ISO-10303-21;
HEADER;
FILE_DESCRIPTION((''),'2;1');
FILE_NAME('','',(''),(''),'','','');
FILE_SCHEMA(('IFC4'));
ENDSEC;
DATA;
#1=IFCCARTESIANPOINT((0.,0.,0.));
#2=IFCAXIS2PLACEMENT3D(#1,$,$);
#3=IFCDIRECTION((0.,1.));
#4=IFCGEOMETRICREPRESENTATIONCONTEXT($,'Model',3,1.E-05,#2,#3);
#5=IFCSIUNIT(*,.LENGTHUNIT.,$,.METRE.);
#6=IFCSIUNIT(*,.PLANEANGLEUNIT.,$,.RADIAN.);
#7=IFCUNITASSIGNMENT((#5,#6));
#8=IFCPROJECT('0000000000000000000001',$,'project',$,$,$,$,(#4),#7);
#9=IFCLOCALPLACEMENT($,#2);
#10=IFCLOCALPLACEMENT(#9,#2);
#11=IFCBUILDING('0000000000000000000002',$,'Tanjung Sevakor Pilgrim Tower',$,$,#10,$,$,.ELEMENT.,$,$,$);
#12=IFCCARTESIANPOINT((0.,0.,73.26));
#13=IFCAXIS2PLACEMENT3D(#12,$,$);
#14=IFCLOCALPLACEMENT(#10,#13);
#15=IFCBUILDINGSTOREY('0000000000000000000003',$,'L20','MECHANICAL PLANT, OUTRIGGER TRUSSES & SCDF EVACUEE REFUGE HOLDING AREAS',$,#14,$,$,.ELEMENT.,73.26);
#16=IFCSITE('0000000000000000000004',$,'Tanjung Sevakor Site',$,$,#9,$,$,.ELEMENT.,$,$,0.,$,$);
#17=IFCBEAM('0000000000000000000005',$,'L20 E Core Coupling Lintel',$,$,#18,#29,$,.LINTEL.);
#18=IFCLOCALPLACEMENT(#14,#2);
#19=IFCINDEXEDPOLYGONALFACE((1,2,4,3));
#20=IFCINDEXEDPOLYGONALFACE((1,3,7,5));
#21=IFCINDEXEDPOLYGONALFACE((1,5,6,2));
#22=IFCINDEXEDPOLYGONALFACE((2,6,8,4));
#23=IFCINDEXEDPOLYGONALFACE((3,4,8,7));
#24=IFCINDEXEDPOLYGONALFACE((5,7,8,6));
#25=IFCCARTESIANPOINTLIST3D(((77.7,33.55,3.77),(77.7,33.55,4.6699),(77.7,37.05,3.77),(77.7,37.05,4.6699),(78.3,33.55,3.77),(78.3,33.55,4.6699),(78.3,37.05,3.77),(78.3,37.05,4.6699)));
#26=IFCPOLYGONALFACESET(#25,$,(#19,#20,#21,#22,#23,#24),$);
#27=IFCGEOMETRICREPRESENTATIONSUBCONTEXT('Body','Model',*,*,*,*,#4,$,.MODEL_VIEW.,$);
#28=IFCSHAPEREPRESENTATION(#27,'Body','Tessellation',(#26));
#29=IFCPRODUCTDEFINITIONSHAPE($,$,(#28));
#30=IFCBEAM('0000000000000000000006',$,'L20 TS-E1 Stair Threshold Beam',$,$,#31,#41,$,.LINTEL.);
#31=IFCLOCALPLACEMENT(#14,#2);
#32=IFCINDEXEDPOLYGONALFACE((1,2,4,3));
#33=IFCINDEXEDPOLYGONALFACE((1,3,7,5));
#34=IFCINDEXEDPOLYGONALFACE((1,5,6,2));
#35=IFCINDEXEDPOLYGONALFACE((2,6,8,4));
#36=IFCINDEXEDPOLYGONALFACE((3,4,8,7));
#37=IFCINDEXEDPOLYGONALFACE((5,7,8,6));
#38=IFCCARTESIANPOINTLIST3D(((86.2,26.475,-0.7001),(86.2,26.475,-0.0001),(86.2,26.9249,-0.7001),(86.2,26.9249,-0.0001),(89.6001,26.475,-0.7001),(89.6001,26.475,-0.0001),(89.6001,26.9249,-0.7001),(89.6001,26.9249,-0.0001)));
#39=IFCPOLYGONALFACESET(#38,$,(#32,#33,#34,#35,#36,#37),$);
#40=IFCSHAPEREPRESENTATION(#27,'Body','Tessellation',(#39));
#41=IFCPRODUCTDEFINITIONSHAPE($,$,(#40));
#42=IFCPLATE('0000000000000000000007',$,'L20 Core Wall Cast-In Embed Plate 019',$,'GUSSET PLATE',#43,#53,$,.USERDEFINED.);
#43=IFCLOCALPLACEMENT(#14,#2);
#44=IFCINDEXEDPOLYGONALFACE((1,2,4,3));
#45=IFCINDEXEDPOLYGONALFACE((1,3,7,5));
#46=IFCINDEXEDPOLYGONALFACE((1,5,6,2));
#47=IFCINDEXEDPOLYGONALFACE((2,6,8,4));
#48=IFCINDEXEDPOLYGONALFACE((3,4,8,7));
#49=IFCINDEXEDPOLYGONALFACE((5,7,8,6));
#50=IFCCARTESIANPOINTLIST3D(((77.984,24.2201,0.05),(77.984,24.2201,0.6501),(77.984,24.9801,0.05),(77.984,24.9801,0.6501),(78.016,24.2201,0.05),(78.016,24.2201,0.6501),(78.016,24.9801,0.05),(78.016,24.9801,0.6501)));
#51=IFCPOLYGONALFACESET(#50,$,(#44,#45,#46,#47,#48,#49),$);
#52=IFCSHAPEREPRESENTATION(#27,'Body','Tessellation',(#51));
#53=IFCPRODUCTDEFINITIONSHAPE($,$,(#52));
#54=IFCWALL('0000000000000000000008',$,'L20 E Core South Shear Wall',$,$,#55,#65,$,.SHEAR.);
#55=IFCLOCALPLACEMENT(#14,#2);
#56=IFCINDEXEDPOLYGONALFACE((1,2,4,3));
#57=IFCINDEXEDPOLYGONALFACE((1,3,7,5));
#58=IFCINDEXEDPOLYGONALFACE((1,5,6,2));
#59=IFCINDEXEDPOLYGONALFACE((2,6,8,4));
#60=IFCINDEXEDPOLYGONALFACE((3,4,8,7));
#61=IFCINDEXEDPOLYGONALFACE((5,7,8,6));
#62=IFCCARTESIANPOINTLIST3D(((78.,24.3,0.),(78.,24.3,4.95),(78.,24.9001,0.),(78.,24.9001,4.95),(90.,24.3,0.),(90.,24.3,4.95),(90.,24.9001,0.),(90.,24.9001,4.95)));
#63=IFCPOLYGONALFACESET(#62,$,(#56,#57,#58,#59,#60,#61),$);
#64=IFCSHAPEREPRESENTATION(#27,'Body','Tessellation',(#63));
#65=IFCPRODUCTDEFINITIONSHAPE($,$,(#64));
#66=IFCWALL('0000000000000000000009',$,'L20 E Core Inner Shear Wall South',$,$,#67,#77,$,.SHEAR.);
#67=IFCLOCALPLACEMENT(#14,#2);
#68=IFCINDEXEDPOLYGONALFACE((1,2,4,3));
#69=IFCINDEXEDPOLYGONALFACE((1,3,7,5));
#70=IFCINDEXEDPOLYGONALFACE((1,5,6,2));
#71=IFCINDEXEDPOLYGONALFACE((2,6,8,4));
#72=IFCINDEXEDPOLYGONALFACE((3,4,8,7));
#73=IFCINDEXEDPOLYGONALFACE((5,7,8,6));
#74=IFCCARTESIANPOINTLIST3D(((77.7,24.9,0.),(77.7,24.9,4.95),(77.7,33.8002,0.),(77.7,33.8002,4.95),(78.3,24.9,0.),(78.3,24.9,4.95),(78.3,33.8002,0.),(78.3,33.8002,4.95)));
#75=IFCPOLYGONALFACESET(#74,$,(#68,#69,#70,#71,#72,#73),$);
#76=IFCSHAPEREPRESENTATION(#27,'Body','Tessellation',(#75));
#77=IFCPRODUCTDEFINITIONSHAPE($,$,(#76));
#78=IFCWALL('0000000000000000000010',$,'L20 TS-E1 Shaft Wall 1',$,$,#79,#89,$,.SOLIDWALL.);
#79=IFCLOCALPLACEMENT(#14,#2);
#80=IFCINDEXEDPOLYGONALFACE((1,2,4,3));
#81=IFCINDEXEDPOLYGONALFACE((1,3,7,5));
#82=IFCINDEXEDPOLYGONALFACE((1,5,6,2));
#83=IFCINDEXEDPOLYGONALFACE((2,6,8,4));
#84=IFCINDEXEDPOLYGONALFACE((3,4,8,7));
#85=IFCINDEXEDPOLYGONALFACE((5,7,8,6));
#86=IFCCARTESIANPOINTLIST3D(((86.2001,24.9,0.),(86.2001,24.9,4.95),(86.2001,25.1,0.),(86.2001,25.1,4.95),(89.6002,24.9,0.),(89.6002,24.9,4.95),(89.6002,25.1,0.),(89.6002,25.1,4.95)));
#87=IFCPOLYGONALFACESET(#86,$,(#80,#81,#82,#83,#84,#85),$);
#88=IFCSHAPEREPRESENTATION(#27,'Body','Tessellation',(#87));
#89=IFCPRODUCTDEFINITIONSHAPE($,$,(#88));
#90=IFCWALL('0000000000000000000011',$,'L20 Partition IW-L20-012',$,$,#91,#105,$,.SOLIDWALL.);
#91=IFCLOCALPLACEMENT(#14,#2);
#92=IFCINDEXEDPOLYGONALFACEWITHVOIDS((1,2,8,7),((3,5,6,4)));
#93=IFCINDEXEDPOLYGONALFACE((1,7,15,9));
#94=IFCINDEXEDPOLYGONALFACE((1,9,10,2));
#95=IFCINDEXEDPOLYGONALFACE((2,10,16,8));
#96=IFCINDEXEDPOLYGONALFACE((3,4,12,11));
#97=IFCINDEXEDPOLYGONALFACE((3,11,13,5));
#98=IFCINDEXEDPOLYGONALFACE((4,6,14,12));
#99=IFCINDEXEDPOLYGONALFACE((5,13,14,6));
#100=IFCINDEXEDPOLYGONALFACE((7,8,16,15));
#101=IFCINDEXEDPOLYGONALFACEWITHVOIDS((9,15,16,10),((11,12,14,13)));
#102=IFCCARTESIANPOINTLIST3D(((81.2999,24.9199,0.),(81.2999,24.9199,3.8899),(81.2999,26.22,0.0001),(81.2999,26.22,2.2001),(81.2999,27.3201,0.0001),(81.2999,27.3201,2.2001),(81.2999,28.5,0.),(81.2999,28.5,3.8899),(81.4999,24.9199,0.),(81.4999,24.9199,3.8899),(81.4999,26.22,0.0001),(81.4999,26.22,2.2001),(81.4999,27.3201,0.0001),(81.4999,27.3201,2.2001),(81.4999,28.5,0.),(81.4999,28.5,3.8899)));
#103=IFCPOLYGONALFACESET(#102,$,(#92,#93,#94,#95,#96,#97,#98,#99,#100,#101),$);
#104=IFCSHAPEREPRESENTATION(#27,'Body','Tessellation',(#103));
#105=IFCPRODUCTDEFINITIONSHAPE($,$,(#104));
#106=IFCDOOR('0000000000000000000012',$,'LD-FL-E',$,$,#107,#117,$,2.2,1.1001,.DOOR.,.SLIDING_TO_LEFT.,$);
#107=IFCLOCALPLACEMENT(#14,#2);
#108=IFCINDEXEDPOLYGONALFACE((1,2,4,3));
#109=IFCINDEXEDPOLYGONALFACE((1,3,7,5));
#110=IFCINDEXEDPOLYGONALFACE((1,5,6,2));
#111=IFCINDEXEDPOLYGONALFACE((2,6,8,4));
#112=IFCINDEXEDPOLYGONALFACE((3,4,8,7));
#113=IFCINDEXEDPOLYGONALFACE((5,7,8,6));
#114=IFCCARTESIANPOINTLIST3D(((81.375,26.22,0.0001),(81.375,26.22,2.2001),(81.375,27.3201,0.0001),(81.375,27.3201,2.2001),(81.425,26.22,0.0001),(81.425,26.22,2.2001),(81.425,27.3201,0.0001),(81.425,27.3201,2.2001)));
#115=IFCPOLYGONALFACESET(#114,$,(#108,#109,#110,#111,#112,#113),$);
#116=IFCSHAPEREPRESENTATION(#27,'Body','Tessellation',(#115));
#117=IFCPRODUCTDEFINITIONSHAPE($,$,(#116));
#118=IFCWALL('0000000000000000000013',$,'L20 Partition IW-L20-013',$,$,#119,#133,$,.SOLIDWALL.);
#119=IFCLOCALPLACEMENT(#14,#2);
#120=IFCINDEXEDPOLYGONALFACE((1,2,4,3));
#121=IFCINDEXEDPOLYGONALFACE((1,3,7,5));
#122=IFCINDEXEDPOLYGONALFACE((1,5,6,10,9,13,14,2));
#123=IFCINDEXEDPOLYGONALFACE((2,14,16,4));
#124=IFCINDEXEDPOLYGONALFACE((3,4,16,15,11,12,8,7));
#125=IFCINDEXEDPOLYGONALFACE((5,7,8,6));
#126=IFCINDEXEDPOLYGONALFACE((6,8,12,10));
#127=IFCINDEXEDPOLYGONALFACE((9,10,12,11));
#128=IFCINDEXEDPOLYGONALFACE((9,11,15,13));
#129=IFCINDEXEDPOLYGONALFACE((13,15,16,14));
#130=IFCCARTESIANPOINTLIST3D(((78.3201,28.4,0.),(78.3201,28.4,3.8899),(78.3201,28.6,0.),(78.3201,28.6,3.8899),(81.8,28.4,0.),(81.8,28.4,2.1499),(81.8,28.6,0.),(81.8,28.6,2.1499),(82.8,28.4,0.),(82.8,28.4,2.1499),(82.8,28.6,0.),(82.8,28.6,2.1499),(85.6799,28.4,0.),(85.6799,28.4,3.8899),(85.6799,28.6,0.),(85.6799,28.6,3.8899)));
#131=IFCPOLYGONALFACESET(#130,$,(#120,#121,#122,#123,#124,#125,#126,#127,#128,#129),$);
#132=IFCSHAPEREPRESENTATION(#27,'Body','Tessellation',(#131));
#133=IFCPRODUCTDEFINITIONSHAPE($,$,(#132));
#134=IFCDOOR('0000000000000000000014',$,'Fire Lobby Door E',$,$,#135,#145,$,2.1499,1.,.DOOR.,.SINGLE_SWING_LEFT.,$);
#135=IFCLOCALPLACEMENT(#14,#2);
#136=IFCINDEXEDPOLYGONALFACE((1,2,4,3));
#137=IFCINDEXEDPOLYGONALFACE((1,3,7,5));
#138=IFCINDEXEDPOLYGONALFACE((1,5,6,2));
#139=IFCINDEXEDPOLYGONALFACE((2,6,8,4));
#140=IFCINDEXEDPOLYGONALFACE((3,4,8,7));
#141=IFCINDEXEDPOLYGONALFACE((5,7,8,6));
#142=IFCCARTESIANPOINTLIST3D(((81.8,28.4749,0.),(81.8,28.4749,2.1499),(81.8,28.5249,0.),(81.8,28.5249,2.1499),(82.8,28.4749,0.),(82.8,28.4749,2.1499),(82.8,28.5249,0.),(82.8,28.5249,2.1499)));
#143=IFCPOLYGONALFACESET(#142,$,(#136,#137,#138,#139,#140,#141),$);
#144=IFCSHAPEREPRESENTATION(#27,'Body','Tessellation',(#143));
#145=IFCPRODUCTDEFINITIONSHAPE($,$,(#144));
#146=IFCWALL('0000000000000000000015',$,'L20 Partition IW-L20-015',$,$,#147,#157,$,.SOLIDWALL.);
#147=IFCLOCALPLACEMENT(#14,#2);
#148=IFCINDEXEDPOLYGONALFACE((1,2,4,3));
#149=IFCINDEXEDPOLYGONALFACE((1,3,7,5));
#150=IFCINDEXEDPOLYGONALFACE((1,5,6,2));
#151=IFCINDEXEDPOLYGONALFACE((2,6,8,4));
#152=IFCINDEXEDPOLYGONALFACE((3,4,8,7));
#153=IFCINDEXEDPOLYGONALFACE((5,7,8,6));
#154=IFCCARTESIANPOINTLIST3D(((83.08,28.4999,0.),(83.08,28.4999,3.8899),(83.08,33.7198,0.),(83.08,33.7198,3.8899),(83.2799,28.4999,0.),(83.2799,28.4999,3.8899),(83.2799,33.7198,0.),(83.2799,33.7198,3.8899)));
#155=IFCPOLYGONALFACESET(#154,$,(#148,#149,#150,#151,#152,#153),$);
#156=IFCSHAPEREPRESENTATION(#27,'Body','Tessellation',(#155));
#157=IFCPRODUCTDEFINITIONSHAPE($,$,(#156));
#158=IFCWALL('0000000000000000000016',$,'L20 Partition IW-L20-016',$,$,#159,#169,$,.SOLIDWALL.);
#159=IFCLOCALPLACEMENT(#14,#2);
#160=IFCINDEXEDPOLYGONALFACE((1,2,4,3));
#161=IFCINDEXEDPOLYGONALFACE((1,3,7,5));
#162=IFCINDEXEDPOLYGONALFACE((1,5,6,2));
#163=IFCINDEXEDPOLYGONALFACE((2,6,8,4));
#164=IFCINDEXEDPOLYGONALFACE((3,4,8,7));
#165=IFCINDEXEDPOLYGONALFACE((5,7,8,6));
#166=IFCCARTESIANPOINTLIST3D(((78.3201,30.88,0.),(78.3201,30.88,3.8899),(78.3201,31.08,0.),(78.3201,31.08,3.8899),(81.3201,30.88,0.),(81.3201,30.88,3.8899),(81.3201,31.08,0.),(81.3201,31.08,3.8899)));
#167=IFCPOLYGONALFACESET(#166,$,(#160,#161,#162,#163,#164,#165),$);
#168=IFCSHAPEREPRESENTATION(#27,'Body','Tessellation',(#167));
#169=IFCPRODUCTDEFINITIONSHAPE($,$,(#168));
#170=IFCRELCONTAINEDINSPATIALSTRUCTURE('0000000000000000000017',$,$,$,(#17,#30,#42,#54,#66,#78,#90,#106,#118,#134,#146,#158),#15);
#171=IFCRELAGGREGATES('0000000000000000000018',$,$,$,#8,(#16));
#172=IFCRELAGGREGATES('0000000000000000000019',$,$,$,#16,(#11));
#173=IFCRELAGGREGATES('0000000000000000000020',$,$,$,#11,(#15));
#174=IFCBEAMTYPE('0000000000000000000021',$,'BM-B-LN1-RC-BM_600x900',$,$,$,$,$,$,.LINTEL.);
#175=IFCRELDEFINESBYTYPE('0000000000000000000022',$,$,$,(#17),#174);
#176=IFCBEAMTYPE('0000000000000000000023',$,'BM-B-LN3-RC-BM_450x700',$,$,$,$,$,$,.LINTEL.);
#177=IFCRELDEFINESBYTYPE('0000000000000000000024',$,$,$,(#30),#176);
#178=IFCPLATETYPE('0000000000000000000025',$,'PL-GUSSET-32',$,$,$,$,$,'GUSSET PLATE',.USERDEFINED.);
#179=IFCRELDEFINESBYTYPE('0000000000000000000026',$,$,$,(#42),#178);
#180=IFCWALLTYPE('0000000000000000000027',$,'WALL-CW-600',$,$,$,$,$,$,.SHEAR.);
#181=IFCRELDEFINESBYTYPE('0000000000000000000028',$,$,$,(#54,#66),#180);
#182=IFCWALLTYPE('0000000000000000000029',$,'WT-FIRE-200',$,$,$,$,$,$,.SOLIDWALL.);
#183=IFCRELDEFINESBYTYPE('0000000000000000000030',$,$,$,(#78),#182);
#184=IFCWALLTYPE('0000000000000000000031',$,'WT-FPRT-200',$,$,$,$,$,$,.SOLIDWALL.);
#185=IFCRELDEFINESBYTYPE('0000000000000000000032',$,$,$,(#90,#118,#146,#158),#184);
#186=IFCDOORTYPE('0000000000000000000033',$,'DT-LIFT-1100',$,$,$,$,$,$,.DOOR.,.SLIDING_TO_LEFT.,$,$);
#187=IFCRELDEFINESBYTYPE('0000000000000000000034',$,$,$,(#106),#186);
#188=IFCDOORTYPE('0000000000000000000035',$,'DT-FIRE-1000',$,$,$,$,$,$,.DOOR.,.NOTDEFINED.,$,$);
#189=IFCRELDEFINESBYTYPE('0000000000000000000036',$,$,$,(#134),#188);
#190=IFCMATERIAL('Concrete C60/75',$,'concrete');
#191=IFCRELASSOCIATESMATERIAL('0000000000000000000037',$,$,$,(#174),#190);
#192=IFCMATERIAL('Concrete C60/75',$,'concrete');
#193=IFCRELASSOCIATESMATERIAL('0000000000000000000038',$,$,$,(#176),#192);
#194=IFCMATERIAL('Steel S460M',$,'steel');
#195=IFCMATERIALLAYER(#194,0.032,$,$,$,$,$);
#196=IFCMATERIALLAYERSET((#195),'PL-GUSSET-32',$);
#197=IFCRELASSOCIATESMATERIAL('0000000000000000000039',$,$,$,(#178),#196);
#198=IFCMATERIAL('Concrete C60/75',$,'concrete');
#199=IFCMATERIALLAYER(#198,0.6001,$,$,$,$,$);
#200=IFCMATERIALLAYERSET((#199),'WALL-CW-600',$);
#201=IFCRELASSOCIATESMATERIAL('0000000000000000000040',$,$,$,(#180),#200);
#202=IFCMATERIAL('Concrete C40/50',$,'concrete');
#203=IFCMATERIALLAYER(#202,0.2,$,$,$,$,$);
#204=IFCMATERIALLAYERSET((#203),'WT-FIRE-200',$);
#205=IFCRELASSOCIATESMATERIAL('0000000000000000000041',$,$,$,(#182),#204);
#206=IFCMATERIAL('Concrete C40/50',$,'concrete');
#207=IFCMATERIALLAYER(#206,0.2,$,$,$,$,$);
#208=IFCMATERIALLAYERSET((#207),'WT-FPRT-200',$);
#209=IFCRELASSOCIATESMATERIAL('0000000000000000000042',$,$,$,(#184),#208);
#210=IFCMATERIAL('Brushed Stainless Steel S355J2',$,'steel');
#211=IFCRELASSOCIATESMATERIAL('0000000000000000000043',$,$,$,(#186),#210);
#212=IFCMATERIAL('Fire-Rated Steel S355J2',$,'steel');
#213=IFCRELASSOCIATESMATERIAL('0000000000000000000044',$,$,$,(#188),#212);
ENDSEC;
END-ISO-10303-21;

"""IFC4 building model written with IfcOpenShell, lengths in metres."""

from ifc_helpers import new_model, si_unit, direction, frame, frame_2d, origin, origin_2d, place, context, subcontext, project, spatial, rectangle, extrude, material, layer, layer_set, material_profile, profile_set, type_object, element, fill, save


model = new_model("IFC4")

# Units and contexts
model_context = context("Model", 3, precision=1e-05, world=origin(), true_north=direction((0.0, 1.0)))
body_context = subcontext(model_context, "Body", "Model", "MODEL_VIEW")
ifc_project = project(units=[si_unit("LENGTHUNIT", "METRE"), si_unit("PLANEANGLEUNIT", "RADIAN")], contexts=[model_context])

# Site, building, storey
site_placement = place(None, origin())
site = spatial("IfcSite", under=ifc_project, at=site_placement, Name="Tanjung Sevakor Site", CompositionType="ELEMENT", RefElevation=0.0)
building_placement = place(site_placement, origin())
building = spatial("IfcBuilding", under=site, at=building_placement, Name="Tanjung Sevakor Pilgrim Tower", CompositionType="ELEMENT")
storey_placement = place(building_placement, frame((0.0, 0.0, 73.26)))
storey = spatial("IfcBuildingStorey", under=building, at=storey_placement, Name="L20", Description="MECHANICAL PLANT, OUTRIGGER TRUSSES & SCDF EVACUEE REFUGE HOLDING AREAS", CompositionType="ELEMENT", Elevation=73.26)

# Beams
ifc_material_1 = material(Name="Concrete C60/75", Category="concrete")
ifc_material_profile_1 = material_profile(ifc_material_1, rectangle(XDim=0.6001, YDim=0.8999, at=origin_2d()))
ifc_profile_set_1 = profile_set([ifc_material_profile_1], Name="Concrete C60/75")
beam_type_1 = type_object("IfcBeamType", Name="BM-B-LN1-RC-BM_600x900", PredefinedType="LINTEL", material=ifc_profile_set_1)
beam_1_placement = place(storey_placement, frame((78.0, 33.55, 4.22), z_axis=(0.0, 1.0, 0.0), x_axis=(-1.0, 0.0, 0.0)))
element("IfcBeam", 1, at=beam_1_placement, inside=storey, type_object=beam_type_1, Name="L20 E Core Coupling Lintel", PredefinedType="LINTEL", context=body_context, shape_type="SweptSolid", body=[
    extrude(rectangle(XDim=0.6001, YDim=0.8999, at=origin_2d()), origin(), (0.0, 0.0, 1.0), 3.5),
])
ifc_material_2 = material(Name="Concrete C60/75", Category="concrete")
ifc_material_profile_2 = material_profile(ifc_material_2, rectangle(XDim=0.45, YDim=0.7, at=origin_2d()))
ifc_profile_set_2 = profile_set([ifc_material_profile_2], Name="Concrete C60/75")
beam_type_2 = type_object("IfcBeamType", Name="BM-B-LN3-RC-BM_450x700", PredefinedType="LINTEL", material=ifc_profile_set_2)
beam_2_placement = place(storey_placement, frame((86.2, 26.7, -0.3501), z_axis=(1.0, 0.0, 0.0), x_axis=(0.0, 1.0, 0.0)))
element("IfcBeam", 2, at=beam_2_placement, inside=storey, type_object=beam_type_2, Name="L20 TS-E1 Stair Threshold Beam", PredefinedType="LINTEL", context=body_context, shape_type="SweptSolid", body=[
    extrude(rectangle(XDim=0.45, YDim=0.7, at=origin_2d()), origin(), (0.0, 0.0, 1.0), 3.4001),
])

# Plate
ifc_material_3 = material(Name="Steel S460M", Category="steel")
ifc_layer_1 = layer(ifc_material_3, 0.032)
ifc_layer_set_1 = layer_set([ifc_layer_1], Name="PL-GUSSET-32")
plate_type = type_object("IfcPlateType", Name="PL-GUSSET-32", ElementType="GUSSET PLATE", PredefinedType="USERDEFINED", material=ifc_layer_set_1)
plate_placement = place(storey_placement, frame((78.0, 24.6001, 0.05), z_axis=(0.0, 0.0, 1.0), x_axis=(1.0, 0.0, 0.0)))
element("IfcPlate", 3, at=plate_placement, inside=storey, type_object=plate_type, Name="L20 Core Wall Cast-In Embed Plate 019", ObjectType="GUSSET PLATE", PredefinedType="USERDEFINED", context=body_context, shape_type="SweptSolid", body=[
    extrude(rectangle(XDim=0.032, YDim=0.76, at=origin_2d()), origin(), (0.0, 0.0, 1.0), 0.6001),
])

# Walls
ifc_material_4 = material(Name="Concrete C60/75", Category="concrete")
ifc_layer_2 = layer(ifc_material_4, 0.6001)
ifc_layer_set_2 = layer_set([ifc_layer_2], Name="WALL-CW-600")
wall_type_1 = type_object("IfcWallType", Name="WALL-CW-600", PredefinedType="SHEAR", material=ifc_layer_set_2)
wall_1_placement = place(storey_placement, frame((78.0, 24.6001, 0.0), z_axis=(0.0, 0.0, 1.0), x_axis=(1.0, 0.0, 0.0)))
element("IfcWall", 4, at=wall_1_placement, inside=storey, type_object=wall_type_1, Name="L20 E Core South Shear Wall", PredefinedType="SHEAR", context=body_context, shape_type="SweptSolid", body=[
    extrude(rectangle(XDim=12.0, YDim=0.6001, at=frame_2d((6.0, 0.0))), origin(), (0.0, 0.0, 1.0), 4.95),
])
wall_2_placement = place(storey_placement, frame((78.0, 24.8999, 0.0), z_axis=(0.0, 0.0, 1.0), x_axis=(0.0, 1.0, 0.0)))
element("IfcWall", 5, at=wall_2_placement, inside=storey, type_object=wall_type_1, Name="L20 E Core Inner Shear Wall South", PredefinedType="SHEAR", context=body_context, shape_type="SweptSolid", body=[
    extrude(rectangle(XDim=8.9001, YDim=0.6001, at=frame_2d((4.4502, 0.0))), origin(), (0.0, 0.0, 1.0), 4.95),
])

# Wall
ifc_material_5 = material(Name="Concrete C40/50", Category="concrete")
ifc_layer_3 = layer(ifc_material_5, 0.2)
ifc_layer_set_3 = layer_set([ifc_layer_3], Name="WT-FIRE-200")
wall_type_2 = type_object("IfcWallType", Name="WT-FIRE-200", PredefinedType="SOLIDWALL", material=ifc_layer_set_3)
wall_3_placement = place(storey_placement, frame((86.2, 25.0, 0.0), z_axis=(0.0, 0.0, 1.0), x_axis=(1.0, 0.0, 0.0)))
element("IfcWall", 6, at=wall_3_placement, inside=storey, type_object=wall_type_2, Name="L20 TS-E1 Shaft Wall 1", PredefinedType="SOLIDWALL", context=body_context, shape_type="SweptSolid", body=[
    extrude(rectangle(XDim=3.4001, YDim=0.2, at=frame_2d((1.7002, 0.0))), origin(), (0.0, 0.0, 1.0), 4.95),
])

# Walls, openings, doors
ifc_material_6 = material(Name="Concrete C40/50", Category="concrete")
ifc_layer_4 = layer(ifc_material_6, 0.2)
ifc_layer_set_4 = layer_set([ifc_layer_4], Name="WT-FPRT-200")
wall_type_3 = type_object("IfcWallType", Name="WT-FPRT-200", PredefinedType="SOLIDWALL", material=ifc_layer_set_4)
wall_4_placement = place(storey_placement, frame((81.3999, 24.9199, 0.0), z_axis=(0.0, 0.0, 1.0), x_axis=(0.0, 1.0, 0.0)))
wall_4 = element("IfcWall", 7, at=wall_4_placement, inside=storey, type_object=wall_type_3, Name="L20 Partition IW-L20-012", PredefinedType="SOLIDWALL", context=body_context, shape_type="SweptSolid", body=[
    extrude(rectangle(XDim=3.5801, YDim=0.2, at=frame_2d((1.79, 0.0))), origin(), (0.0, 0.0, 1.0), 3.8899),
])
opening_1_placement = place(wall_4_placement, frame((1.3, 0.0, 0.0)))
opening_1 = element("IfcOpeningElement", 8, at=opening_1_placement, cuts=wall_4, PredefinedType="OPENING", context=body_context, shape_type="SweptSolid", body=[
    extrude(rectangle(XDim=1.1001, YDim=2.2, at=frame_2d((0.55, 1.1001))), frame((0.0, 0.1099, 0.0), z_axis=(0.0, -1.0, 0.0), x_axis=(1.0, 0.0, 0.0)), (0.0, 0.0, 1.0), 0.22),
])
ifc_material_7 = material(Name="Brushed Stainless Steel S355J2", Category="steel")
door_type_1 = type_object("IfcDoorType", Name="DT-LIFT-1100", OperationType="SLIDING_TO_LEFT", PredefinedType="DOOR", material=ifc_material_7)
door_1_placement = place(opening_1_placement, origin())
door_1 = element("IfcDoor", 9, at=door_1_placement, inside=storey, type_object=door_type_1, Name="LD-FL-E", OperationType="SLIDING_TO_LEFT", OverallHeight=2.2, OverallWidth=1.1001, PredefinedType="DOOR", context=body_context, shape_type="SweptSolid", body=[
    extrude(rectangle(XDim=1.1001, YDim=2.2, at=frame_2d((0.55, 1.1001))), frame((0.0, 0.0249, 0.0), z_axis=(0.0, -1.0, 0.0), x_axis=(1.0, 0.0, 0.0)), (0.0, 0.0, 1.0), 0.05),
])
fill(opening_1, door_1)
wall_5_placement = place(storey_placement, frame((78.3201, 28.5, 0.0), z_axis=(0.0, 0.0, 1.0), x_axis=(1.0, 0.0, 0.0)))
wall_5 = element("IfcWall", 10, at=wall_5_placement, inside=storey, type_object=wall_type_3, Name="L20 Partition IW-L20-013", PredefinedType="SOLIDWALL", context=body_context, shape_type="SweptSolid", body=[
    extrude(rectangle(XDim=7.3599, YDim=0.2, at=frame_2d((3.6799, 0.0))), origin(), (0.0, 0.0, 1.0), 3.8899),
])
opening_2_placement = place(wall_5_placement, frame((3.48, 0.0, 0.0)))
opening_2 = element("IfcOpeningElement", 11, at=opening_2_placement, cuts=wall_5, PredefinedType="OPENING", context=body_context, shape_type="SweptSolid", body=[
    extrude(rectangle(XDim=1.0, YDim=2.1499, at=frame_2d((0.5, 1.075))), frame((0.0, 0.1099, 0.0), z_axis=(0.0, -1.0, 0.0), x_axis=(1.0, 0.0, 0.0)), (0.0, 0.0, 1.0), 0.22),
])
ifc_material_8 = material(Name="Fire-Rated Steel S355J2", Category="steel")
door_type_2 = type_object("IfcDoorType", Name="DT-FIRE-1000", OperationType="NOTDEFINED", PredefinedType="DOOR", material=ifc_material_8)
door_2_placement = place(opening_2_placement, origin())
door_2 = element("IfcDoor", 12, at=door_2_placement, inside=storey, type_object=door_type_2, Name="Fire Lobby Door E", OperationType="SINGLE_SWING_LEFT", OverallHeight=2.1499, OverallWidth=1.0, PredefinedType="DOOR", context=body_context, shape_type="SweptSolid", body=[
    extrude(rectangle(XDim=1.0, YDim=2.1499, at=frame_2d((0.5, 1.075))), frame((0.0, 0.0249, 0.0), z_axis=(0.0, -1.0, 0.0), x_axis=(1.0, 0.0, 0.0)), (0.0, 0.0, 1.0), 0.05),
])
fill(opening_2, door_2)

# Walls
wall_6_placement = place(storey_placement, frame((83.1799, 28.5, 0.0), z_axis=(0.0, 0.0, 1.0), x_axis=(0.0, 1.0, 0.0)))
element("IfcWall", 13, at=wall_6_placement, inside=storey, type_object=wall_type_3, Name="L20 Partition IW-L20-015", PredefinedType="SOLIDWALL", context=body_context, shape_type="SweptSolid", body=[
    extrude(rectangle(XDim=5.22, YDim=0.2, at=frame_2d((2.6099, 0.0))), origin(), (0.0, 0.0, 1.0), 3.8899),
])
wall_7_placement = place(storey_placement, frame((78.3201, 30.98, 0.0), z_axis=(0.0, 0.0, 1.0), x_axis=(1.0, 0.0, 0.0)))
element("IfcWall", 14, at=wall_7_placement, inside=storey, type_object=wall_type_3, Name="L20 Partition IW-L20-016", PredefinedType="SOLIDWALL", context=body_context, shape_type="SweptSolid", body=[
    extrude(rectangle(XDim=3.0, YDim=0.2, at=frame_2d((1.5, 0.0))), origin(), (0.0, 0.0, 1.0), 3.8899),
])

save(model, "model.ifc")
